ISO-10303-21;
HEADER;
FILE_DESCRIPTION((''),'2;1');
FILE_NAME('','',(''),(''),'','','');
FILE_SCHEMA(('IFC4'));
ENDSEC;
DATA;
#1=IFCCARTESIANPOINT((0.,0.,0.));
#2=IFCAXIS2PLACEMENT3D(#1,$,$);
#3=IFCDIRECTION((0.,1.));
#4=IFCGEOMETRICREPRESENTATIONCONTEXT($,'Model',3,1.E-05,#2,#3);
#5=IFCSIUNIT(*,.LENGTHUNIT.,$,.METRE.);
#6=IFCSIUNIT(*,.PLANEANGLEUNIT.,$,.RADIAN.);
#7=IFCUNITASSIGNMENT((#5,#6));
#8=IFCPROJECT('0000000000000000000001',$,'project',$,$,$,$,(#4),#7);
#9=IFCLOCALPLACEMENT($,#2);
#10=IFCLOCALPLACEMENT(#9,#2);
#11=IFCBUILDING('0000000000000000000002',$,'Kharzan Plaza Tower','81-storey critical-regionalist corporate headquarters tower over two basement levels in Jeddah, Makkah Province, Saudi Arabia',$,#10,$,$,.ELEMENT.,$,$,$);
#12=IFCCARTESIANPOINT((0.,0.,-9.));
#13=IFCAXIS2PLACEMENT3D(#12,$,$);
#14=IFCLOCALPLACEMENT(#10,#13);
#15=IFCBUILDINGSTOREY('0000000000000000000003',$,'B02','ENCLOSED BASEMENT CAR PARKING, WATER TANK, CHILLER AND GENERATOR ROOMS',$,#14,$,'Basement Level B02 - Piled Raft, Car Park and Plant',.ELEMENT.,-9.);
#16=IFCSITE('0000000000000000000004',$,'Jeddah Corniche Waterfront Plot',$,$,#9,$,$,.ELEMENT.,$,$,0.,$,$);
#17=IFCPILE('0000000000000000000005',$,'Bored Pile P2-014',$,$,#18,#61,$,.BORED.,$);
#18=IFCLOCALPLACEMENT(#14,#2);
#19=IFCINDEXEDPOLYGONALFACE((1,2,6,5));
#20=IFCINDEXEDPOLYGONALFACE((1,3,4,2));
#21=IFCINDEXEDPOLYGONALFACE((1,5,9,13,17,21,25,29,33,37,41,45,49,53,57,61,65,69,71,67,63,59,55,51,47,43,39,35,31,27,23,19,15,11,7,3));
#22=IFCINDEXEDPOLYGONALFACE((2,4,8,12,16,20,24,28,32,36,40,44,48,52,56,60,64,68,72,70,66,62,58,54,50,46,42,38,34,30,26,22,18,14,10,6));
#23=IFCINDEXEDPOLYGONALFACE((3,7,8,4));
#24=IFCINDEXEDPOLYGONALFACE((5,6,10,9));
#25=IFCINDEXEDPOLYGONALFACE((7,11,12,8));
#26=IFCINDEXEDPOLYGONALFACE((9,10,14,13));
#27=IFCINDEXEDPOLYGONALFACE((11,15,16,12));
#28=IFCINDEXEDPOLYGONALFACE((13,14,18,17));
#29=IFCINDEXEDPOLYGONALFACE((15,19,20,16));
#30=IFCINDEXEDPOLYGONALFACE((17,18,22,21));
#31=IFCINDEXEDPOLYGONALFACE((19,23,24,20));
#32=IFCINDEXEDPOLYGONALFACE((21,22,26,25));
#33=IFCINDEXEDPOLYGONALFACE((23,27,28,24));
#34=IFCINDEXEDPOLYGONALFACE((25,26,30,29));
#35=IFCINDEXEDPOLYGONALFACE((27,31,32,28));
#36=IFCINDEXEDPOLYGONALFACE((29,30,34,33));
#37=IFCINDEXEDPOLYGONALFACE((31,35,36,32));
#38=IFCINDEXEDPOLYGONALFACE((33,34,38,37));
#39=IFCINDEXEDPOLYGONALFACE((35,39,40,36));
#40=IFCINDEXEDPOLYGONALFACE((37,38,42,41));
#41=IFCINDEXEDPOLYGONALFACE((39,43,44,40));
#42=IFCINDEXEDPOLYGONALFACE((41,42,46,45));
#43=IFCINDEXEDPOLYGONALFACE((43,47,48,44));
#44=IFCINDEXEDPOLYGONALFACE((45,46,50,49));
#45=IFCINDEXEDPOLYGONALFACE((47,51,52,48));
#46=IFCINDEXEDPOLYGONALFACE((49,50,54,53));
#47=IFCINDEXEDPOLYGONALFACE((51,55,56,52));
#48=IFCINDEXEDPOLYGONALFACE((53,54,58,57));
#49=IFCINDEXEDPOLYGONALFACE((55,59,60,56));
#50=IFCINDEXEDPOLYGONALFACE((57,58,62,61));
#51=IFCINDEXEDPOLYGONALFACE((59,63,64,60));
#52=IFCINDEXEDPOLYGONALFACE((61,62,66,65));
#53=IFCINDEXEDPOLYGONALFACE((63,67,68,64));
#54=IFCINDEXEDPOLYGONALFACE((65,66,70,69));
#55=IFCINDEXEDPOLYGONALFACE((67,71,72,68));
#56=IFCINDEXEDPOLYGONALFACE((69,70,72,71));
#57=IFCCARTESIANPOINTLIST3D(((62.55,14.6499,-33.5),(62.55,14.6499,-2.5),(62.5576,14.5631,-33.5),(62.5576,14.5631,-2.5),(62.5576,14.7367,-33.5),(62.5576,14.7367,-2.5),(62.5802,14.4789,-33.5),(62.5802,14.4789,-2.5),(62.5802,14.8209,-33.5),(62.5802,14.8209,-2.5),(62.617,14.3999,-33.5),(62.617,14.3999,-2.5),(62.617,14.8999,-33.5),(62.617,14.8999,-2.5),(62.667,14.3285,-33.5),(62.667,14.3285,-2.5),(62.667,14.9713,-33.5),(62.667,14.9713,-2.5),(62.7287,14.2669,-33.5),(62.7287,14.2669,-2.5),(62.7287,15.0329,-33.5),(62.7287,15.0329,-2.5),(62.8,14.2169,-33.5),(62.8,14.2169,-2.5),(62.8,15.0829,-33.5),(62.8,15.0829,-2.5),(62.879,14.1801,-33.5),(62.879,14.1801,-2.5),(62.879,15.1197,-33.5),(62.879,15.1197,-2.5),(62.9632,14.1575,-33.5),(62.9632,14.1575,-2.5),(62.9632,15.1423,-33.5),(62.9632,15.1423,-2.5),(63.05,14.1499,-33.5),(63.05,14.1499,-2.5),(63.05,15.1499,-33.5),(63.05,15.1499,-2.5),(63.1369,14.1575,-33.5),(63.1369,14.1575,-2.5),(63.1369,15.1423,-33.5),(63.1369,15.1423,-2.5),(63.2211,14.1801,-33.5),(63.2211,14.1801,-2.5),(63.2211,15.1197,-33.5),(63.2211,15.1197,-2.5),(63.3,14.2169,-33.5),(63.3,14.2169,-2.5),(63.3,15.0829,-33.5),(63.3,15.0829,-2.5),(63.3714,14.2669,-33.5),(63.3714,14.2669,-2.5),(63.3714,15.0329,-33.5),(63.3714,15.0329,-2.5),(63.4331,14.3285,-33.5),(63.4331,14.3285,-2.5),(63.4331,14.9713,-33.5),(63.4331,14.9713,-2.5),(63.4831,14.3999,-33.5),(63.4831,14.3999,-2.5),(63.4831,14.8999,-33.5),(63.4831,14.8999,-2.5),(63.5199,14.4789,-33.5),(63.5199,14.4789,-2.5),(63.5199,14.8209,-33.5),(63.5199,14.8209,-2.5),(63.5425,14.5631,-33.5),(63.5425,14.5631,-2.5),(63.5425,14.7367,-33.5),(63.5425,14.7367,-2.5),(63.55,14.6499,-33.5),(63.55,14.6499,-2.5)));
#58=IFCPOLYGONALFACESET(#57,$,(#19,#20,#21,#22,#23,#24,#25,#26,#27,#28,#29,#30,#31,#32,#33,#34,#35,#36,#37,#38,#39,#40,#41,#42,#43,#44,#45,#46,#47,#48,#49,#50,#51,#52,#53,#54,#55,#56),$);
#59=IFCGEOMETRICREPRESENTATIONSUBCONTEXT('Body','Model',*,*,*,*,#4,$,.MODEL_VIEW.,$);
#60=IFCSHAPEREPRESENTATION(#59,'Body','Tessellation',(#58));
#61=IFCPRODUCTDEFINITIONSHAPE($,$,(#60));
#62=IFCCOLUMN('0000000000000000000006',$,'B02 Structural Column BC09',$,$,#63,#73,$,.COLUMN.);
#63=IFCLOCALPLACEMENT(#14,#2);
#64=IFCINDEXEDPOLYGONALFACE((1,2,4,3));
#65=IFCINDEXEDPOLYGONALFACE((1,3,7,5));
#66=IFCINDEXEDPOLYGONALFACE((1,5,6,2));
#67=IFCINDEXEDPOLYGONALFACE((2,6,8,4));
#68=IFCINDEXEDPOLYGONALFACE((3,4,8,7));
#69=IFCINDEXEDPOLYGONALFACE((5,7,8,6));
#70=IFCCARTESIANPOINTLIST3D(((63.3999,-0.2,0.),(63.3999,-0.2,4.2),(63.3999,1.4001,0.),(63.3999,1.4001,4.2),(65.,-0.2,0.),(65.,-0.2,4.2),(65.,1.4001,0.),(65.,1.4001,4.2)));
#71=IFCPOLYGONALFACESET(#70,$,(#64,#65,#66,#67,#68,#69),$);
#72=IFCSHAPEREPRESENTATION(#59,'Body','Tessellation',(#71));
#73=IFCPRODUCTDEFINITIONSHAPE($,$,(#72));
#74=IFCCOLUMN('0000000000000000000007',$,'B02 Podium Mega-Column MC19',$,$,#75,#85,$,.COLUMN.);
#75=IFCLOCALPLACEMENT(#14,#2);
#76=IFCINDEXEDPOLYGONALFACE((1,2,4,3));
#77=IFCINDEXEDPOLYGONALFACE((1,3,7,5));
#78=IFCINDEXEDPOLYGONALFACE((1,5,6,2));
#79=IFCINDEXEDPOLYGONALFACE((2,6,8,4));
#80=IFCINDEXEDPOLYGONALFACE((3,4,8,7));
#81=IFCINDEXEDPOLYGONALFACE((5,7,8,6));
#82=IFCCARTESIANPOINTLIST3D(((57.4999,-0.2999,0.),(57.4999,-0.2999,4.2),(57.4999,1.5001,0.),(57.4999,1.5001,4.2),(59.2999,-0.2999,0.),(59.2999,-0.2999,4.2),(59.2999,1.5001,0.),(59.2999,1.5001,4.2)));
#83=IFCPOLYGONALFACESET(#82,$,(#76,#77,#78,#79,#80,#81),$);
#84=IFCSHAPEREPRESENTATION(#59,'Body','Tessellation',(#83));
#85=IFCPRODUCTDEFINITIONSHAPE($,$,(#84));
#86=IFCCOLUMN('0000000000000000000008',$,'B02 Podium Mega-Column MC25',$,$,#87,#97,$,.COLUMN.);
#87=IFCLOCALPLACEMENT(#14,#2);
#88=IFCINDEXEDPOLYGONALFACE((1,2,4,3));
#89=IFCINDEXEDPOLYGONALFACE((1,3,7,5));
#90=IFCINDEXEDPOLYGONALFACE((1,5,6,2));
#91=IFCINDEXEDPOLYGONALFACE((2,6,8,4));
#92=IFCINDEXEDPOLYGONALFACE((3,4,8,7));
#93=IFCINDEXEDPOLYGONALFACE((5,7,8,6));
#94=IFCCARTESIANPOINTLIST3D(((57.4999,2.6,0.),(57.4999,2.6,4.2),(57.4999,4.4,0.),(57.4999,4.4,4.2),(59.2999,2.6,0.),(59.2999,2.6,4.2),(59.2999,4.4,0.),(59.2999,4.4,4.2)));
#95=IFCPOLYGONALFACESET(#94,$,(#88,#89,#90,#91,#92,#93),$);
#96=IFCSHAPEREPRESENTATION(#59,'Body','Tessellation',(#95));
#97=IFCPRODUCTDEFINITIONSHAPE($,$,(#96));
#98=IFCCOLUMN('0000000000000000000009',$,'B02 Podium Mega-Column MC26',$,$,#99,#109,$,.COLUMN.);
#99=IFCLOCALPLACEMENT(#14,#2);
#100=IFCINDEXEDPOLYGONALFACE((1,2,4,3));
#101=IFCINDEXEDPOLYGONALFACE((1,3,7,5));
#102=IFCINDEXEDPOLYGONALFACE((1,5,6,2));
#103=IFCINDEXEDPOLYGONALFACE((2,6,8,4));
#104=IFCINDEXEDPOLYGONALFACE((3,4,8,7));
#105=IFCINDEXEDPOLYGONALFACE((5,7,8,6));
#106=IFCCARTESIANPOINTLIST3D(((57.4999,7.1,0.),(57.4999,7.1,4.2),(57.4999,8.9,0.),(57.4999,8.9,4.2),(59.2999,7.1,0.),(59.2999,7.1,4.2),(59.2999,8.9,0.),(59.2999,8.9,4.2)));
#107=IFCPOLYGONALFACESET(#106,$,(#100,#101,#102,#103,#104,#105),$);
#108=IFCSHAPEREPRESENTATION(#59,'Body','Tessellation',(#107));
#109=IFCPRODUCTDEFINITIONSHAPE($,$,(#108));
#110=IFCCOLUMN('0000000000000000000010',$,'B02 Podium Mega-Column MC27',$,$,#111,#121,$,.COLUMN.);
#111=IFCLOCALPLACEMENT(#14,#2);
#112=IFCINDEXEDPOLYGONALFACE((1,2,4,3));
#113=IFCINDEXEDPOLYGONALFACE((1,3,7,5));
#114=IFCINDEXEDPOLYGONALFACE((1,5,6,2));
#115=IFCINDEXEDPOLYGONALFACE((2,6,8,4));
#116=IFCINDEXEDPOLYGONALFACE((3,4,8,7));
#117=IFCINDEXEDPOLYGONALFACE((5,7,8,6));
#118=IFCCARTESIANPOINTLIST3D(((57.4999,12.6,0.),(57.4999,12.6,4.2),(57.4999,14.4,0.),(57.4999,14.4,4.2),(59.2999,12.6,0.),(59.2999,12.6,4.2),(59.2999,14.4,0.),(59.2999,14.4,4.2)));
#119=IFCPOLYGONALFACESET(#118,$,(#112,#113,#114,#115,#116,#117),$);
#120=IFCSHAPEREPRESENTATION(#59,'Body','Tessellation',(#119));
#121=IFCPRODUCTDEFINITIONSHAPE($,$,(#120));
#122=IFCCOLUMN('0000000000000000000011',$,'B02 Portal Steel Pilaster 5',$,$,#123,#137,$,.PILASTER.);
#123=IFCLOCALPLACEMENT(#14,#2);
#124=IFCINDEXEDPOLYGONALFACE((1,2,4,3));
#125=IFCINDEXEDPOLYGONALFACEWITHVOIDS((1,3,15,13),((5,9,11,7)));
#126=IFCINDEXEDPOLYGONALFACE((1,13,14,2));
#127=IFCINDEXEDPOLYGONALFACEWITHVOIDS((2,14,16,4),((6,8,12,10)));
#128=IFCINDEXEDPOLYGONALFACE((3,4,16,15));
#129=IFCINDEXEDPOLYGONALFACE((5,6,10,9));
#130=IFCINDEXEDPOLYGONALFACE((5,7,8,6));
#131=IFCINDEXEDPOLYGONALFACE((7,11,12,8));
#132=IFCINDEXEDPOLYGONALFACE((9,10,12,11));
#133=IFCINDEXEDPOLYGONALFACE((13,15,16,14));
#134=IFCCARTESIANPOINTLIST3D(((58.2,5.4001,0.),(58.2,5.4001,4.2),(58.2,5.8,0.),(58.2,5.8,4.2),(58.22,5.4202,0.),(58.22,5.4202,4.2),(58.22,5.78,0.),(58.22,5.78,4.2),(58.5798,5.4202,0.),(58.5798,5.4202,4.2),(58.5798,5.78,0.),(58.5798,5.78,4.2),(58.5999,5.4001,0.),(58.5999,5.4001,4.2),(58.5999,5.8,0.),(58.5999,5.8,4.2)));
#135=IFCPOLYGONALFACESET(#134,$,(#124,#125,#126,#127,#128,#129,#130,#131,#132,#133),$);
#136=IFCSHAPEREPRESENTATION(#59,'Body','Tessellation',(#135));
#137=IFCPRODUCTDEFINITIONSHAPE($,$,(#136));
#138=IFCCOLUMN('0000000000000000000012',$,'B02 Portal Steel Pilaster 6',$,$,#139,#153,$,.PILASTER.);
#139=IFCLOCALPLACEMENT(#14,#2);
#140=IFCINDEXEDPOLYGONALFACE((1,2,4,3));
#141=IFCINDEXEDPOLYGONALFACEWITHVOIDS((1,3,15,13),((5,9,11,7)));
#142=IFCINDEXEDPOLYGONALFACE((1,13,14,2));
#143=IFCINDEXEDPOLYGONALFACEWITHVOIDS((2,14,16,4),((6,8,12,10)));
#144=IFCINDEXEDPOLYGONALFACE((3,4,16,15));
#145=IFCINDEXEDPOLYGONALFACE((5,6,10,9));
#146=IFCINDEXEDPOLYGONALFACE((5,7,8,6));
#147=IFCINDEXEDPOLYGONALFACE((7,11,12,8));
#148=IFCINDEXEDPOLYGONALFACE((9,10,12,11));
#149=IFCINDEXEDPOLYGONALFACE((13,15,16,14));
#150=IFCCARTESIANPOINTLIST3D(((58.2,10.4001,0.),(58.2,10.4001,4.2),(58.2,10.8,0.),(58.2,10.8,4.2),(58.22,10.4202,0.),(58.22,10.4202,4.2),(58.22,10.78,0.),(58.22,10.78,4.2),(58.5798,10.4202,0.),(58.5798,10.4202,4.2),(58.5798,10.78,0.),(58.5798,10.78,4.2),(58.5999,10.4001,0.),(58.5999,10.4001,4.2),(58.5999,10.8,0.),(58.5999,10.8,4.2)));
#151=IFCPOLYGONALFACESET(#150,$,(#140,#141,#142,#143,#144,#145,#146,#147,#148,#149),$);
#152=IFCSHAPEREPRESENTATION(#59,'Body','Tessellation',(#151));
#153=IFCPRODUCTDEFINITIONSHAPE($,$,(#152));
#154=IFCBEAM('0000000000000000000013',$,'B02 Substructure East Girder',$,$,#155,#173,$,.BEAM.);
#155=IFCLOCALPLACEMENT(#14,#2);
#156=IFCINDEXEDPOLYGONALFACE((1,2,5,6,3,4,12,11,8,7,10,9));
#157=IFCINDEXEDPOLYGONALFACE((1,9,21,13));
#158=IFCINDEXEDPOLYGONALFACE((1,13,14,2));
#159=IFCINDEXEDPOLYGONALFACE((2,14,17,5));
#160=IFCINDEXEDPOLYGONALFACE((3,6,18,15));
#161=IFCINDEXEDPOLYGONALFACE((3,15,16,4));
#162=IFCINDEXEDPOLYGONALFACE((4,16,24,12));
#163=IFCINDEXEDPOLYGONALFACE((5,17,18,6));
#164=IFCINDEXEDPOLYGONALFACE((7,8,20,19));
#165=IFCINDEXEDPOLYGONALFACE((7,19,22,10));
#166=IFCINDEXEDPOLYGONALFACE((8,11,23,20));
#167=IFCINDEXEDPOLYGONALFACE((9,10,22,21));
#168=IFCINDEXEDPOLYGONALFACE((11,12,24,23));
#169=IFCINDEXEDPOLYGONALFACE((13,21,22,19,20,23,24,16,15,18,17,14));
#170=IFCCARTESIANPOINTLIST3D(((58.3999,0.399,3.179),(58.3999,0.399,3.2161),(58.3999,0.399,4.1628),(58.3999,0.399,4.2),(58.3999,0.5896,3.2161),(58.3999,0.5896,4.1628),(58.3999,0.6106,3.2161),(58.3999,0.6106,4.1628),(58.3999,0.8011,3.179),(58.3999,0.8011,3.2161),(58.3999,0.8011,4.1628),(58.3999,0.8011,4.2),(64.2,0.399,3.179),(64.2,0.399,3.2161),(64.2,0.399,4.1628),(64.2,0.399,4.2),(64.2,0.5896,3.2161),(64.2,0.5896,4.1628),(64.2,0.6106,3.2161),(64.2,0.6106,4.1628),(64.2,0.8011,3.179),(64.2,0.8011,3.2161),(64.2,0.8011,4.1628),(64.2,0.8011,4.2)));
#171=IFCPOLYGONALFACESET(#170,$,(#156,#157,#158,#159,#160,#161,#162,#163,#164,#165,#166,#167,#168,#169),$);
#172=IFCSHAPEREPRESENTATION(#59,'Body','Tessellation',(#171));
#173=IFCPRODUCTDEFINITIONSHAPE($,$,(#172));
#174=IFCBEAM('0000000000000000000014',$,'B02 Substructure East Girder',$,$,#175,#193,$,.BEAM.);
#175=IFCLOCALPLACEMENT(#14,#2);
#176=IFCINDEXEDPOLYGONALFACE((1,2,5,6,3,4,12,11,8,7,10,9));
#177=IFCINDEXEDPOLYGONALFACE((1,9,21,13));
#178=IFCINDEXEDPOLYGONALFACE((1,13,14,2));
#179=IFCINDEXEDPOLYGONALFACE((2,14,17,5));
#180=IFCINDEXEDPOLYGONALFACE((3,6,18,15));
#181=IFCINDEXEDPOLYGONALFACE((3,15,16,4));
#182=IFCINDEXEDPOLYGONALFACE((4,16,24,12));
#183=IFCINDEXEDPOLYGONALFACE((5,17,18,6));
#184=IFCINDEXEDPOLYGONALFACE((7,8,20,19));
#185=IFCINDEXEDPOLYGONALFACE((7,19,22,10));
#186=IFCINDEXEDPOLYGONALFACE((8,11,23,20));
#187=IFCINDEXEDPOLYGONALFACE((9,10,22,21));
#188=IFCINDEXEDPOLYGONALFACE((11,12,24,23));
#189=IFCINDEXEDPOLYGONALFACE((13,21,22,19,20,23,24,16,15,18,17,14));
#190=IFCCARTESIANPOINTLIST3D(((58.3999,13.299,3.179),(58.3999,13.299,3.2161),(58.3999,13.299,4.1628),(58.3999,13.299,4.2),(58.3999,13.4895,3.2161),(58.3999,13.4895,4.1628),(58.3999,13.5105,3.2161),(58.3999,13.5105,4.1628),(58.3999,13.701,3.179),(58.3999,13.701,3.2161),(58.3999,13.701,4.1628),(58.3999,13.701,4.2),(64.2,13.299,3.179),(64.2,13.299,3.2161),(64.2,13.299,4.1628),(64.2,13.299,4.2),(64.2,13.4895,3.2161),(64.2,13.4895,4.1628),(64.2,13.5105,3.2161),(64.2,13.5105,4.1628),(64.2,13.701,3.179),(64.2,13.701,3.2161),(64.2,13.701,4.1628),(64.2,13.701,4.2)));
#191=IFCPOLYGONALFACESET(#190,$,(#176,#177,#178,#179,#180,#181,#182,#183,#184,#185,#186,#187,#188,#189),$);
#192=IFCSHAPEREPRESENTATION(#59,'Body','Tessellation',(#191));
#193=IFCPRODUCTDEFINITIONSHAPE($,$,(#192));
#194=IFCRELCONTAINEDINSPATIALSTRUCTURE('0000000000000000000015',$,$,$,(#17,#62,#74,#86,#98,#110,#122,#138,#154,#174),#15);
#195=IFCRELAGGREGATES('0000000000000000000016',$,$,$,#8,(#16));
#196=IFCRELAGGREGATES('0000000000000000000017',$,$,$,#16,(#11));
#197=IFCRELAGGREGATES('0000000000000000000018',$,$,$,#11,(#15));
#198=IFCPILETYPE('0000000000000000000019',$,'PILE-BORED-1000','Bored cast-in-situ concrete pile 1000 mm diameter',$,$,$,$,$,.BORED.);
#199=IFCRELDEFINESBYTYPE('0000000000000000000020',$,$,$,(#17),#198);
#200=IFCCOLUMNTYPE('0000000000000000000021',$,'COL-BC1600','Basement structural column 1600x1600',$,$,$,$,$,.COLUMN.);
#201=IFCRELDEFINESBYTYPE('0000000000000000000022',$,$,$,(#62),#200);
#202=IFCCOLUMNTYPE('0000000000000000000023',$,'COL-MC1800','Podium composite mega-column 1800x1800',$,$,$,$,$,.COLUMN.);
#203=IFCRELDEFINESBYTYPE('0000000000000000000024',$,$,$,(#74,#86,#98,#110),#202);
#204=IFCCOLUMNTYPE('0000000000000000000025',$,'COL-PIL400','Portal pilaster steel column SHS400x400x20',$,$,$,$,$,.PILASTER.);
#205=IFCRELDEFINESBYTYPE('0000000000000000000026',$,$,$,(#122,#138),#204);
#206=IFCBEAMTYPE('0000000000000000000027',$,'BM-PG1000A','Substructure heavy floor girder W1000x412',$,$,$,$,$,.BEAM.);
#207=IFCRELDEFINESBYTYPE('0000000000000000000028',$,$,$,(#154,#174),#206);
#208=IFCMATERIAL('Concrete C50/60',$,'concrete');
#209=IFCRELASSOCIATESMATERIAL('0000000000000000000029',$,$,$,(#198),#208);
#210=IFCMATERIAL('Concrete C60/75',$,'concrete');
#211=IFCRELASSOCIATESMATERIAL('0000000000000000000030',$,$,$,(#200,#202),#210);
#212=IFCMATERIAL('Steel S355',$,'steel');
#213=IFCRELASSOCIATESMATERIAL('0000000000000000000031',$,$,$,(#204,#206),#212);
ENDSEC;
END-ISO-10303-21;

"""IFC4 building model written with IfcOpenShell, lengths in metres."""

from ifc_helpers import new_model, si_unit, direction, frame, origin, origin_2d, place, context, subcontext, project, spatial, rectangle, hollow_rectangle, circle, i_section, extrude, source, transform, mapped, material, material_profile, profile_set, type_object, element, save


model = new_model("IFC4")

# Units and contexts
model_context = context("Model", 3, precision=1e-05, world=origin(), true_north=direction((0.0, 1.0)))
body_context = subcontext(model_context, "Body", "Model", "MODEL_VIEW")
ifc_project = project(units=[si_unit("LENGTHUNIT", "METRE"), si_unit("PLANEANGLEUNIT", "RADIAN")], contexts=[model_context])

# Site, building, storey
site_placement = place(None, origin())
site = spatial("IfcSite", under=ifc_project, at=site_placement, Name="Jeddah Corniche Waterfront Plot", CompositionType="ELEMENT", RefElevation=0.0)
building_placement = place(site_placement, origin())
building = spatial("IfcBuilding", under=site, at=building_placement, Name="Kharzan Plaza Tower", Description="81-storey critical-regionalist corporate headquarters tower over two basement levels in Jeddah, Makkah Province, Saudi Arabia", CompositionType="ELEMENT")
storey_placement = place(building_placement, frame((0.0, 0.0, -9.0)))
storey = spatial("IfcBuildingStorey", under=building, at=storey_placement, Name="B02", Description="ENCLOSED BASEMENT CAR PARKING, WATER TANK, CHILLER AND GENERATOR ROOMS", LongName="Basement Level B02 - Piled Raft, Car Park and Plant", CompositionType="ELEMENT", Elevation=-9.0)

# Shared definitions
ifc_material_1 = material(Name="Concrete C50/60", Category="concrete")

# Pile
ifc_material_profile_1 = material_profile(ifc_material_1, circle(Radius=0.5, at=origin_2d()), Name="PILE-D1000")
ifc_profile_set_1 = profile_set([ifc_material_profile_1], Name="Concrete C50/60")
pile_type_1 = type_object("IfcPileType", Name="PILE-BORED-1000", Description="Bored cast-in-situ concrete pile 1000 mm diameter", PredefinedType="BORED", material=ifc_profile_set_1)
shared_shape_1 = source(origin(), body_context, "Body", "SweptSolid", [
    extrude(circle(Radius=0.5, at=origin_2d()), origin(), (0.0, 0.0, 1.0), 31.0),
])
for number, where, z_axis, x_axis, name in (
    (1, (63.05, 14.6499, -2.5), (0.0, 0.0, -1.0), (1.0, 0.0, 0.0), "Bored Pile P2-014"),
):
    element("IfcPile", number, at=place(storey_placement, frame(where, z_axis=z_axis, x_axis=x_axis)), inside=storey, type_object=pile_type_1, Name=name, PredefinedType="BORED", context=body_context, shape_type="MappedRepresentation", body=[
        mapped(shared_shape_1, transform((0.0, 0.0, 0.0), x_axis=(1.0, 0.0, 0.0), y_axis=(0.0, 1.0, 0.0), z_axis=(0.0, 0.0, 1.0))),
    ])

# Columns
ifc_material_2 = material(Name="Concrete C60/75", Category="concrete")
ifc_material_profile_2 = material_profile(ifc_material_2, rectangle(XDim=1.6001, YDim=1.6001, at=origin_2d()), Name="RC-MC1600x1600")
ifc_profile_set_2 = profile_set([ifc_material_profile_2], Name="Concrete C60/75")
column_type_1 = type_object("IfcColumnType", Name="COL-BC1600", Description="Basement structural column 1600x1600", PredefinedType="COLUMN", material=ifc_profile_set_2)
shared_shape_2 = source(origin(), body_context, "Body", "SweptSolid", [
    extrude(rectangle(XDim=1.6001, YDim=1.6001, at=origin_2d()), origin(), (0.0, 0.0, 1.0), 4.2),
])
column_placement = place(storey_placement, frame((64.2, 0.6001, 0.0), z_axis=(0.0, 0.0, 1.0), x_axis=(1.0, 0.0, 0.0)))
element("IfcColumn", 2, at=column_placement, inside=storey, type_object=column_type_1, Name="B02 Structural Column BC09", PredefinedType="COLUMN", context=body_context, shape_type="MappedRepresentation", body=[
    mapped(shared_shape_2, transform((0.0, 0.0, 0.0), x_axis=(1.0, 0.0, 0.0), y_axis=(0.0, 1.0, 0.0), z_axis=(0.0, 0.0, 1.0))),
])
ifc_material_profile_3 = material_profile(ifc_material_2, rectangle(XDim=1.8, YDim=1.8, at=origin_2d()), Name="RC-MC1800x1800")
ifc_profile_set_3 = profile_set([ifc_material_profile_3], Name="Concrete C60/75")
column_type_2 = type_object("IfcColumnType", Name="COL-MC1800", Description="Podium composite mega-column 1800x1800", PredefinedType="COLUMN", material=ifc_profile_set_3)
shared_shape_3 = source(origin(), body_context, "Body", "SweptSolid", [
    extrude(rectangle(XDim=1.8, YDim=1.8, at=origin_2d()), origin(), (0.0, 0.0, 1.0), 4.2),
])
for number, where, z_axis, x_axis, name in (
    (3, (58.3999, 0.6001, 0.0), (0.0, 0.0, 1.0), (1.0, 0.0, 0.0), "B02 Podium Mega-Column MC19"),
    (4, (58.3999, 3.5, 0.0), (0.0, 0.0, 1.0), (1.0, 0.0, 0.0), "B02 Podium Mega-Column MC25"),
    (5, (58.3999, 8.0, 0.0), (0.0, 0.0, 1.0), (1.0, 0.0, 0.0), "B02 Podium Mega-Column MC26"),
    (6, (58.3999, 13.5, 0.0), (0.0, 0.0, 1.0), (1.0, 0.0, 0.0), "B02 Podium Mega-Column MC27"),
):
    element("IfcColumn", number, at=place(storey_placement, frame(where, z_axis=z_axis, x_axis=x_axis)), inside=storey, type_object=column_type_2, Name=name, PredefinedType="COLUMN", context=body_context, shape_type="MappedRepresentation", body=[
        mapped(shared_shape_3, transform((0.0, 0.0, 0.0), x_axis=(1.0, 0.0, 0.0), y_axis=(0.0, 1.0, 0.0), z_axis=(0.0, 0.0, 1.0))),
    ])
ifc_material_3 = material(Name="Steel S355", Category="steel")
ifc_material_profile_4 = material_profile(ifc_material_3, hollow_rectangle(XDim=0.3999, YDim=0.3999, WallThickness=0.02, at=origin_2d()), Name="SHS400x400x20")
ifc_profile_set_4 = profile_set([ifc_material_profile_4], Name="Steel S355")
column_type_3 = type_object("IfcColumnType", Name="COL-PIL400", Description="Portal pilaster steel column SHS400x400x20", PredefinedType="PILASTER", material=ifc_profile_set_4)
shared_shape_4 = source(origin(), body_context, "Body", "SweptSolid", [
    extrude(hollow_rectangle(XDim=0.3999, YDim=0.3999, WallThickness=0.02, at=origin_2d()), origin(), (0.0, 0.0, 1.0), 4.2),
])
for number, where, z_axis, x_axis, name in (
    (7, (58.3999, 5.6001, 0.0), (0.0, 0.0, 1.0), (1.0, 0.0, 0.0), "B02 Portal Steel Pilaster 5"),
    (8, (58.3999, 10.6001, 0.0), (0.0, 0.0, 1.0), (1.0, 0.0, 0.0), "B02 Portal Steel Pilaster 6"),
):
    element("IfcColumn", number, at=place(storey_placement, frame(where, z_axis=z_axis, x_axis=x_axis)), inside=storey, type_object=column_type_3, Name=name, PredefinedType="PILASTER", context=body_context, shape_type="MappedRepresentation", body=[
        mapped(shared_shape_4, transform((0.0, 0.0, 0.0), x_axis=(1.0, 0.0, 0.0), y_axis=(0.0, 1.0, 0.0), z_axis=(0.0, 0.0, 1.0))),
    ])

# Beams
ifc_material_profile_5 = material_profile(ifc_material_3, i_section(OverallWidth=0.4021, OverallDepth=1.021, WebThickness=0.021, FlangeThickness=0.0371, at=origin_2d()), Name="W1000x412")
ifc_profile_set_5 = profile_set([ifc_material_profile_5], Name="Steel S355")
beam_type = type_object("IfcBeamType", Name="BM-PG1000A", Description="Substructure heavy floor girder W1000x412", PredefinedType="BEAM", material=ifc_profile_set_5)
shared_shape_5 = source(origin(), body_context, "Body", "SweptSolid", [
    extrude(i_section(OverallWidth=0.4021, OverallDepth=1.021, WebThickness=0.021, FlangeThickness=0.0371, at=origin_2d()), origin(), (0.0, 0.0, 1.0), 5.8),
])
for number, where, z_axis, x_axis, name in (
    (9, (58.3999, 0.6001, 3.6895), (1.0, 0.0, 0.0), (0.0, 1.0, 0.0), "B02 Substructure East Girder"),
    (10, (58.3999, 13.5, 3.6895), (1.0, 0.0, 0.0), (0.0, 1.0, 0.0), "B02 Substructure East Girder"),
):
    element("IfcBeam", number, at=place(storey_placement, frame(where, z_axis=z_axis, x_axis=x_axis)), inside=storey, type_object=beam_type, Name=name, PredefinedType="BEAM", context=body_context, shape_type="MappedRepresentation", body=[
        mapped(shared_shape_5, transform((0.0, 0.0, 0.0), x_axis=(1.0, 0.0, 0.0), y_axis=(0.0, 1.0, 0.0), z_axis=(0.0, 0.0, 1.0))),
    ])

save(model, "model.ifc")
